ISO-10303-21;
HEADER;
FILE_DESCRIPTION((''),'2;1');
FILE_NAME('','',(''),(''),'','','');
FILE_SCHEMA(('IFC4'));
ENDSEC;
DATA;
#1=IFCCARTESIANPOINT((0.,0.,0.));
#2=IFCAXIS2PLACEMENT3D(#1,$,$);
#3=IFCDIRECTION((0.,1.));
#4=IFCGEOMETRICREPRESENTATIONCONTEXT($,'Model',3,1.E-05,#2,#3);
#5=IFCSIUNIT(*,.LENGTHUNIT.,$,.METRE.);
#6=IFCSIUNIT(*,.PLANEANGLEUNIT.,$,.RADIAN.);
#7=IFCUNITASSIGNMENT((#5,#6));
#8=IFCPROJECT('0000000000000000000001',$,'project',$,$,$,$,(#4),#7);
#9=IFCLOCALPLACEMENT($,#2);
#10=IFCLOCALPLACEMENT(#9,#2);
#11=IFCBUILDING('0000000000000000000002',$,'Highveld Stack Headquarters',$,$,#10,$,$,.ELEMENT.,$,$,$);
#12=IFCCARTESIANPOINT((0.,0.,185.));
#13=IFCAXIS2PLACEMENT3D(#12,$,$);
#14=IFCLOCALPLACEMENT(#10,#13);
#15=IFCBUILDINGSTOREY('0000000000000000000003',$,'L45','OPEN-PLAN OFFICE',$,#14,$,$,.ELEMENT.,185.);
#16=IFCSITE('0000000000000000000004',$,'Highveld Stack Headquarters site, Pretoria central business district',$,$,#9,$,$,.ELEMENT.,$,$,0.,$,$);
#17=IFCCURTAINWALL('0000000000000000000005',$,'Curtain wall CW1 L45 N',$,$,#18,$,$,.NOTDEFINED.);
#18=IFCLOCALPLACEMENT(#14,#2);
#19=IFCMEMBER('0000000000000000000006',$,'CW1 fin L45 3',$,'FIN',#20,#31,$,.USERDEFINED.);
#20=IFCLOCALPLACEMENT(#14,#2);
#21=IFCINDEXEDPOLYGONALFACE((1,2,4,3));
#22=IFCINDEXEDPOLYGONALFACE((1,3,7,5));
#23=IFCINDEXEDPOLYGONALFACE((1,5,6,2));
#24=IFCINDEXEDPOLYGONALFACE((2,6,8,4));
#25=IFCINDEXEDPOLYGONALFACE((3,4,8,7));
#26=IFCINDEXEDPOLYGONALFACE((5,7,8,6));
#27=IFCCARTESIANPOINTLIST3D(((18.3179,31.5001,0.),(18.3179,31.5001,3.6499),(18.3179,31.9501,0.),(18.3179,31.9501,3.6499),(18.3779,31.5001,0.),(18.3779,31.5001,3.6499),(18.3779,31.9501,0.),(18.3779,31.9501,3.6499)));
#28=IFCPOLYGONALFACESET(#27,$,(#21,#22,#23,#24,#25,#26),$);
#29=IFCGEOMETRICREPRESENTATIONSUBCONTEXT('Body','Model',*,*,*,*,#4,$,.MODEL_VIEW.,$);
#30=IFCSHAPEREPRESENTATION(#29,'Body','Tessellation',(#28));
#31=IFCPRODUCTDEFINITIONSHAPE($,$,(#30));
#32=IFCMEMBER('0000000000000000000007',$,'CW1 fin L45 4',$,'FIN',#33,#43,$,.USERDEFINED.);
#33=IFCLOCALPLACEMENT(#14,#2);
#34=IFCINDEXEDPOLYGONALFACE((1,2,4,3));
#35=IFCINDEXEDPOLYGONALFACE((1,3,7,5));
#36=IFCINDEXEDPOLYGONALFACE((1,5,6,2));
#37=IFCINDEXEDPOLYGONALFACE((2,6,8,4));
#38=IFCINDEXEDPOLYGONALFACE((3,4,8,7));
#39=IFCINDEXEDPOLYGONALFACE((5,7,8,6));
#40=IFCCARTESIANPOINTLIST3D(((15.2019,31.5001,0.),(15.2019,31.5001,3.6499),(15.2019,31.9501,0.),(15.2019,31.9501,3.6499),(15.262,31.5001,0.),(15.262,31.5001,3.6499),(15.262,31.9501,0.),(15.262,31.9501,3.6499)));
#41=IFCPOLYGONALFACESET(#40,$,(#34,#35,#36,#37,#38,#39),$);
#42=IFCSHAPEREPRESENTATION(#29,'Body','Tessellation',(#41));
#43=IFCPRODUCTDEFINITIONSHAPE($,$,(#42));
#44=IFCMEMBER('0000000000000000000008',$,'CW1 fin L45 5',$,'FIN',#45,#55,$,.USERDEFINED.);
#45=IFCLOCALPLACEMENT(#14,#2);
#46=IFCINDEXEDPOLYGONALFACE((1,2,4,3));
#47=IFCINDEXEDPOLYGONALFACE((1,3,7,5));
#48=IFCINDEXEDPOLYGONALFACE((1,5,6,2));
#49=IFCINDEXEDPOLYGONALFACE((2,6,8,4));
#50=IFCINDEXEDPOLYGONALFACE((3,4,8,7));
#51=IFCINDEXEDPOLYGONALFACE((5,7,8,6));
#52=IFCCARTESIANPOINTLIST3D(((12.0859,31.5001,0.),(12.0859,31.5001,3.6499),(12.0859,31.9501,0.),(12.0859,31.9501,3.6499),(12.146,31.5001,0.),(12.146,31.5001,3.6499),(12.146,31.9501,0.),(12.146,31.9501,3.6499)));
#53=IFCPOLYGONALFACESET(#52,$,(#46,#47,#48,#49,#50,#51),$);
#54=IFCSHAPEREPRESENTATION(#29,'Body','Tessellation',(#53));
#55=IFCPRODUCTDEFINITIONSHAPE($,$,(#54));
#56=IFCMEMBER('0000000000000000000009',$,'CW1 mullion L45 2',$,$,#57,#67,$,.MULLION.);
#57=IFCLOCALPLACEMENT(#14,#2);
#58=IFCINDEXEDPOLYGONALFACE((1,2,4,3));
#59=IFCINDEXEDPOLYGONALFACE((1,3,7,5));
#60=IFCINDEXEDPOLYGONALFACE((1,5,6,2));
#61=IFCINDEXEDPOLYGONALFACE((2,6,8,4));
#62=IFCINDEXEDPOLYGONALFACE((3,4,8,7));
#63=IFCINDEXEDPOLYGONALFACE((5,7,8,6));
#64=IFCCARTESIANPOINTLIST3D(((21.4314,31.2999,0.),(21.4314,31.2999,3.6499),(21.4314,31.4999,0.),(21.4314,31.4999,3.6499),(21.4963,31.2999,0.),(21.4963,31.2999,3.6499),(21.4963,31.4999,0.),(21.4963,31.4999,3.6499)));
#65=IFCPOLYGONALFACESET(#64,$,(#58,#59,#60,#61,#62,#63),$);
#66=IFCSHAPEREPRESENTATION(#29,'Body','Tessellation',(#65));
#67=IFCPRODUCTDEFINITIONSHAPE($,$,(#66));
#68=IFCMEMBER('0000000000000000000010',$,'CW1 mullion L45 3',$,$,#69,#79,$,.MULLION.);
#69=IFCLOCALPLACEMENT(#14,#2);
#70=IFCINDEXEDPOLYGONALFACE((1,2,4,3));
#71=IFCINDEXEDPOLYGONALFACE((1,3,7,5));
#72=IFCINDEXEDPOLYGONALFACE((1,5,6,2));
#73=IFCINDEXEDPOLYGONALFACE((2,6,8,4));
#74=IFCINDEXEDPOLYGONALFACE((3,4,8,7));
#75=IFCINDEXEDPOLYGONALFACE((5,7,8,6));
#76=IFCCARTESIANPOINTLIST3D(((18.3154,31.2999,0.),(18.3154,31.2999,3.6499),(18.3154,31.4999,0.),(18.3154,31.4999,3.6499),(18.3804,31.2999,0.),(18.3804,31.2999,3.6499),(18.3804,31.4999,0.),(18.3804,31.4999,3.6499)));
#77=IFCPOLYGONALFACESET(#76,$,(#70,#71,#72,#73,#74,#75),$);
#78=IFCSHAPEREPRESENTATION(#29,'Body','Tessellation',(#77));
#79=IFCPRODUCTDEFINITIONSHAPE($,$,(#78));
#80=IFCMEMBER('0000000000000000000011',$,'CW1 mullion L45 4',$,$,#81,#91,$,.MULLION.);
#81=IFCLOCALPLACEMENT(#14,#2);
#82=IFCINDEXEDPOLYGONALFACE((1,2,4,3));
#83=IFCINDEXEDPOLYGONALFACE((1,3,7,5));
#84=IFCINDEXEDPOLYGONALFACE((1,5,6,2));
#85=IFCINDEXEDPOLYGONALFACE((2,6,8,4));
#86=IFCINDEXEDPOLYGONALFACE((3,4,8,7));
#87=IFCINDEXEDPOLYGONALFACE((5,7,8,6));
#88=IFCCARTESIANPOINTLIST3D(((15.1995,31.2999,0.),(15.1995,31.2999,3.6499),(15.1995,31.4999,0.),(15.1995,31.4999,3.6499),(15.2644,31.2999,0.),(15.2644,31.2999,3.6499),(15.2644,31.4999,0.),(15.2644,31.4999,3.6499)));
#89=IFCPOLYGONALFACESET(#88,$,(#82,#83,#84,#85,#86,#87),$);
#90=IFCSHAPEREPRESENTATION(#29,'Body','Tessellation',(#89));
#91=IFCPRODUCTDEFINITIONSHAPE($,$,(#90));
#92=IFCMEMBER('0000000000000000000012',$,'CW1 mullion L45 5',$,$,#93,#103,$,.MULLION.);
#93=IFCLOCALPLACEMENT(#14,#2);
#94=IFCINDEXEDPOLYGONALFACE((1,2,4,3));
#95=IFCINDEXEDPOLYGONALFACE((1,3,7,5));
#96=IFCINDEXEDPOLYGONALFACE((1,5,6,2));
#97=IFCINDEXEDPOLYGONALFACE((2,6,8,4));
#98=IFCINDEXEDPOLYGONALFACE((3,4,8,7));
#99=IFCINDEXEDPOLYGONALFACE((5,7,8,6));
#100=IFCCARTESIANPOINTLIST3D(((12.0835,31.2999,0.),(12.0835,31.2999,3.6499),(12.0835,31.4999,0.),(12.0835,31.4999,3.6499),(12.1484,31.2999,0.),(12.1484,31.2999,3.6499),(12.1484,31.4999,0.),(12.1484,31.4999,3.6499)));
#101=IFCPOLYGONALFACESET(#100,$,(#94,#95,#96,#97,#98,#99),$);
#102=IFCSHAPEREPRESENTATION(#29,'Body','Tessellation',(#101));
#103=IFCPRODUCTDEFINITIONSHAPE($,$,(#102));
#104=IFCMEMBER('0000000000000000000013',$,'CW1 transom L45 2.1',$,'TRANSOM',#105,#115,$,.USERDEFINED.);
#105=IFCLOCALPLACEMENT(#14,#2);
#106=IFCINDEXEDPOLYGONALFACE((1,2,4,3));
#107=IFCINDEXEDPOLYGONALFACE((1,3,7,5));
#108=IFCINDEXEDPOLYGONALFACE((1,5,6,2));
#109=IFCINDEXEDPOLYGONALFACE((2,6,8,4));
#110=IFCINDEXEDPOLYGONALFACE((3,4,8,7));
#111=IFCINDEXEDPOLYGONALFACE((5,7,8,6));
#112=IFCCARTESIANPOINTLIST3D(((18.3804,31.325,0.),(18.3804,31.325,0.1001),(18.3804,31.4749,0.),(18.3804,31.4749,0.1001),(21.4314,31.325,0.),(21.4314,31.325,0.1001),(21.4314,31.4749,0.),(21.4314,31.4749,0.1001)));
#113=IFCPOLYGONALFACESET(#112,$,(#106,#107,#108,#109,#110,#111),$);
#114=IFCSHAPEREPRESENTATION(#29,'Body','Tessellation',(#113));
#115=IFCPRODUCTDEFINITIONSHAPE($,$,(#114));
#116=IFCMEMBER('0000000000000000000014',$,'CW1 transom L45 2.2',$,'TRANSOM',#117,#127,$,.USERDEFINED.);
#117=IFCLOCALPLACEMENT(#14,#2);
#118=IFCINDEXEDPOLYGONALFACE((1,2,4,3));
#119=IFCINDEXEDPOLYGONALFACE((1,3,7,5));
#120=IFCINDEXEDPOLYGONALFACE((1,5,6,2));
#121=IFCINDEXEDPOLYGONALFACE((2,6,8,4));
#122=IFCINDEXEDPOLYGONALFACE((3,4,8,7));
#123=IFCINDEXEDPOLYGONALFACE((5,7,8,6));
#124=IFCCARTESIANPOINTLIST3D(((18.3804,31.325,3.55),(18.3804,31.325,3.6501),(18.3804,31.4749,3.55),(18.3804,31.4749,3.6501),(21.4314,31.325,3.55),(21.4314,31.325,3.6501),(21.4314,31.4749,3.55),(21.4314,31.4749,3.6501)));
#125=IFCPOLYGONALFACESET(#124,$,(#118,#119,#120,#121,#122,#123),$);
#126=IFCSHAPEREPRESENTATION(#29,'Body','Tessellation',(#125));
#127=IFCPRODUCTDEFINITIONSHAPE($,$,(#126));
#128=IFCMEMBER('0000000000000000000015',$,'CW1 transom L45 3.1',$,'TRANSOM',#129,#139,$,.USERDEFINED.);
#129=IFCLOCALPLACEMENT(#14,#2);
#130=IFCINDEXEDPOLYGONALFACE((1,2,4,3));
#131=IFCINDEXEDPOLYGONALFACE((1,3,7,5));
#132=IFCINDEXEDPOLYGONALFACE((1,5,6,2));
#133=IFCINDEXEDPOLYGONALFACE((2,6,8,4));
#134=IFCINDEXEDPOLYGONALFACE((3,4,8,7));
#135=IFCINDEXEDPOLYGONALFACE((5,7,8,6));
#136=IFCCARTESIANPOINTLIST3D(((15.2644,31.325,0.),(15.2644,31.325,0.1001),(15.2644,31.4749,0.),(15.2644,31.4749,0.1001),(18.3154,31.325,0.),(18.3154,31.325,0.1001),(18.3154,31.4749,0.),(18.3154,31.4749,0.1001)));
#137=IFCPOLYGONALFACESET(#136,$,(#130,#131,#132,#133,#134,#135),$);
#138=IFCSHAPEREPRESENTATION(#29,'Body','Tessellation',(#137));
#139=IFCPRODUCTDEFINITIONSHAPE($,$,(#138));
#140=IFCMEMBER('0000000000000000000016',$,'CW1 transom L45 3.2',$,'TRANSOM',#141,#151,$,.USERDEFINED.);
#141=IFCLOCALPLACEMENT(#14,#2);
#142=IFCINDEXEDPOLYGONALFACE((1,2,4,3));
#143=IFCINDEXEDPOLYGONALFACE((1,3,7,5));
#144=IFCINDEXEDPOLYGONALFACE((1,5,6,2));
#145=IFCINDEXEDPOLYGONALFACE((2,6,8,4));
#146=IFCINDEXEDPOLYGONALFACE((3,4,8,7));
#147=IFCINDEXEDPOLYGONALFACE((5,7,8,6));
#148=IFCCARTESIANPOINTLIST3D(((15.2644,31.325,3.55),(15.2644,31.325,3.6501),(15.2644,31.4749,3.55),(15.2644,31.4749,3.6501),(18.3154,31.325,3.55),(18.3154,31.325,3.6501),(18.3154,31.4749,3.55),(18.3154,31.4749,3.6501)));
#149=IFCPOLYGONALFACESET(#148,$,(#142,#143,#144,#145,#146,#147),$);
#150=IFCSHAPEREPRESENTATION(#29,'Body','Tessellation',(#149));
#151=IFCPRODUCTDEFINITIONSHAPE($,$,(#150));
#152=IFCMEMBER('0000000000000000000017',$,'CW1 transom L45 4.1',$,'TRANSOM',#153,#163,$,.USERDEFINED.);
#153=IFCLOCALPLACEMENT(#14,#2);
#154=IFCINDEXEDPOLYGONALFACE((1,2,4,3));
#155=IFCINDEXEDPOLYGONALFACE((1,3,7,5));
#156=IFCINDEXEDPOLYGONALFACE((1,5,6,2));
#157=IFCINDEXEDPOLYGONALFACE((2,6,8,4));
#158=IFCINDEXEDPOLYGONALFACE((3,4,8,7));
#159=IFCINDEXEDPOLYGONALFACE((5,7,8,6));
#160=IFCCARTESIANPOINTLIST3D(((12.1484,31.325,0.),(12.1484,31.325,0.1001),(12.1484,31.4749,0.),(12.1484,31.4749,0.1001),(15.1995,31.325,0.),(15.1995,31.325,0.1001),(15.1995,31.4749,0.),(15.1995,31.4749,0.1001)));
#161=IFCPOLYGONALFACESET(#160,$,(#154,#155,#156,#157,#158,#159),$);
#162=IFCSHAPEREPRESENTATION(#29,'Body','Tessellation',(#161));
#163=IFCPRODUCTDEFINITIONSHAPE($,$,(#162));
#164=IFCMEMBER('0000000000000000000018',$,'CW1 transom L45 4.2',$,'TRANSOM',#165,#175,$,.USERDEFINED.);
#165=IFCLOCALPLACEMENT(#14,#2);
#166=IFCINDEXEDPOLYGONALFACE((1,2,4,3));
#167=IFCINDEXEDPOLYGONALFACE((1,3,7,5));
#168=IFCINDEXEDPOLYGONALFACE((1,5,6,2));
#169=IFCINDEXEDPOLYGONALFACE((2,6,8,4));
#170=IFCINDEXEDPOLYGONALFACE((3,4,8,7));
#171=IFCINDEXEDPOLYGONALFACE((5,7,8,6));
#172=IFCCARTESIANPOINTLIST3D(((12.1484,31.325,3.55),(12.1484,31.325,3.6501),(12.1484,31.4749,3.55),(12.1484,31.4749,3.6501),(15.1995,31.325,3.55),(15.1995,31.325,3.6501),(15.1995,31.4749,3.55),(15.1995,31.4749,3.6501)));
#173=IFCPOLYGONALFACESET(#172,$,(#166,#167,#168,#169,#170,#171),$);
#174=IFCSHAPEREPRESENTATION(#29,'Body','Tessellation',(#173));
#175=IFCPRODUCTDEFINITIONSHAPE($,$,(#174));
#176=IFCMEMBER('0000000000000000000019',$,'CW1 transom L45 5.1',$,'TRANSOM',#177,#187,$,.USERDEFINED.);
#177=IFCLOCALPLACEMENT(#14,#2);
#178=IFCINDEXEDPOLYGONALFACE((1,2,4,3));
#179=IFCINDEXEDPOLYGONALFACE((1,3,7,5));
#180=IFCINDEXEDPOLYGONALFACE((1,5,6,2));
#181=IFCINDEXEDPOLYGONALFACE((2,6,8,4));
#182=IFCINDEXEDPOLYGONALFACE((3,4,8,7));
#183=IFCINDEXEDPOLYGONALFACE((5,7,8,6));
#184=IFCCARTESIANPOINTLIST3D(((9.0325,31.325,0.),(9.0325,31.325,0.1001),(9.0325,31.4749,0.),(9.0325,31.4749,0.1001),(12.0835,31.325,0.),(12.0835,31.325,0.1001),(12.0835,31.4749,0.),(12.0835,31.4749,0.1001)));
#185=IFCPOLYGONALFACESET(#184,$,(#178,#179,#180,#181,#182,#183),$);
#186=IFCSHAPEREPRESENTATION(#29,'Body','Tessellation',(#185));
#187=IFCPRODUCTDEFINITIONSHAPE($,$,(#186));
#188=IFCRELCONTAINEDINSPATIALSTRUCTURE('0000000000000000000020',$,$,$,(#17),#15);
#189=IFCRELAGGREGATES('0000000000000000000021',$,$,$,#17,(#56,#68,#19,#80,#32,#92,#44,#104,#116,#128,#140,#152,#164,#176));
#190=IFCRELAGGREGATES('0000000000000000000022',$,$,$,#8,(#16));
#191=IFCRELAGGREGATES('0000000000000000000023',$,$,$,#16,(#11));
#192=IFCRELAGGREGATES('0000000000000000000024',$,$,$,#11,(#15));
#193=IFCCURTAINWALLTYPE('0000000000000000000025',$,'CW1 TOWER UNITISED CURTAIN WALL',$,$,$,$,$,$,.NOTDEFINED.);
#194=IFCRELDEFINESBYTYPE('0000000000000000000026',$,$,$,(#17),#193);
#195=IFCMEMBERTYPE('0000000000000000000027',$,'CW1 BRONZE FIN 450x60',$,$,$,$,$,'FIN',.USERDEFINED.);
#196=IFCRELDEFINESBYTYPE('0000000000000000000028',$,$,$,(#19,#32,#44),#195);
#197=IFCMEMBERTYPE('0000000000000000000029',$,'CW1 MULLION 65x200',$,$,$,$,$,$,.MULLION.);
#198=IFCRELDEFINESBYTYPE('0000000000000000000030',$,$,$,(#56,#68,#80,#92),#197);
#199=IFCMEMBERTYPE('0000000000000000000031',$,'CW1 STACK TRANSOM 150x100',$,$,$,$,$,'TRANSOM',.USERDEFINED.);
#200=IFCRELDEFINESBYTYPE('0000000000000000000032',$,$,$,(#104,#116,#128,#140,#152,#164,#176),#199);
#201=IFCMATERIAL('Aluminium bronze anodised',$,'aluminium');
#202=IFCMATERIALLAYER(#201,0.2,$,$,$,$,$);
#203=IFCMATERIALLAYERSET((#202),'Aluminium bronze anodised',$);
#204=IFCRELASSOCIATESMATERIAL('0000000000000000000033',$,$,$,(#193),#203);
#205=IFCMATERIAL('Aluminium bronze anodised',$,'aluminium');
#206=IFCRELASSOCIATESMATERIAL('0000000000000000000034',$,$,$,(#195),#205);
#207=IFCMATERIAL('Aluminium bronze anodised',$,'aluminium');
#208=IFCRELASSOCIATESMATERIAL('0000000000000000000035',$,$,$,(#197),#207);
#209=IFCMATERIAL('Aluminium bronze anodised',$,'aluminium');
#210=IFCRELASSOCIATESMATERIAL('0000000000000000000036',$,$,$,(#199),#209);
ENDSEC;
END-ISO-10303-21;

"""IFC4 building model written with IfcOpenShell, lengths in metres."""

from ifc_helpers import new_model, si_unit, direction, frame, origin, origin_2d, place, context, subcontext, project, spatial, rectangle, extrude, material, layer, layer_set, material_profile, profile_set, type_object, element, aggregate, save


model = new_model("IFC4")

# Units and contexts
model_context = context("Model", 3, precision=1e-05, world=origin(), true_north=direction((0.0, 1.0)))
body_context = subcontext(model_context, "Body", "Model", "MODEL_VIEW")
ifc_project = project(units=[si_unit("LENGTHUNIT", "METRE"), si_unit("PLANEANGLEUNIT", "RADIAN")], contexts=[model_context])

# Site, building, storey
site_placement = place(None, origin())
site = spatial("IfcSite", under=ifc_project, at=site_placement, Name="Highveld Stack Headquarters site, Pretoria central business district", CompositionType="ELEMENT", RefElevation=0.0)
building_placement = place(site_placement, origin())
building = spatial("IfcBuilding", under=site, at=building_placement, Name="Highveld Stack Headquarters", CompositionType="ELEMENT")
storey_placement = place(building_placement, frame((0.0, 0.0, 185.0)))
storey = spatial("IfcBuildingStorey", under=building, at=storey_placement, Name="L45", Description="OPEN-PLAN OFFICE", CompositionType="ELEMENT", Elevation=185.0)

# Curtain wall, members
ifc_material_1 = material(Name="Aluminium bronze anodised", Category="aluminium")
ifc_layer_1 = layer(ifc_material_1, 0.2)
ifc_layer_set_1 = layer_set([ifc_layer_1], Name="Aluminium bronze anodised")
curtain_wall_type = type_object("IfcCurtainWallType", Name="CW1 TOWER UNITISED CURTAIN WALL", PredefinedType="NOTDEFINED", material=ifc_layer_set_1)
curtain_wall_placement = place(storey_placement, origin())
curtain_wall = element("IfcCurtainWall", 1, at=curtain_wall_placement, inside=storey, type_object=curtain_wall_type, Name="Curtain wall CW1 L45 N", PredefinedType="NOTDEFINED")
ifc_material_2 = material(Name="Aluminium bronze anodised", Category="aluminium")
ifc_material_profile_1 = material_profile(ifc_material_2, rectangle(XDim=0.45, YDim=0.0601, at=origin_2d()), Name="FIN 450x60")
ifc_profile_set_1 = profile_set([ifc_material_profile_1], Name="Aluminium bronze anodised")
member_type_1 = type_object("IfcMemberType", Name="CW1 BRONZE FIN 450x60", ElementType="FIN", PredefinedType="USERDEFINED", material=ifc_profile_set_1)
member_1_placement = place(storey_placement, frame((18.3479, 31.7251, 0.0), z_axis=(0.0, 0.0, 1.0), x_axis=(0.0, -1.0, 0.0)))
member_1 = element("IfcMember", 2, at=member_1_placement, type_object=member_type_1, Name="CW1 fin L45 3", ObjectType="FIN", PredefinedType="USERDEFINED", context=body_context, shape_type="SweptSolid", body=[
    extrude(rectangle(XDim=0.45, YDim=0.0601, at=origin_2d()), origin(), (0.0, 0.0, 1.0), 3.6499),
])
member_2_placement = place(storey_placement, frame((15.2319, 31.7251, 0.0), z_axis=(0.0, 0.0, 1.0), x_axis=(0.0, -1.0, 0.0)))
member_2 = element("IfcMember", 3, at=member_2_placement, type_object=member_type_1, Name="CW1 fin L45 4", ObjectType="FIN", PredefinedType="USERDEFINED", context=body_context, shape_type="SweptSolid", body=[
    extrude(rectangle(XDim=0.45, YDim=0.0601, at=origin_2d()), origin(), (0.0, 0.0, 1.0), 3.6499),
])
member_3_placement = place(storey_placement, frame((12.116, 31.7251, 0.0), z_axis=(0.0, 0.0, 1.0), x_axis=(0.0, -1.0, 0.0)))
member_3 = element("IfcMember", 4, at=member_3_placement, type_object=member_type_1, Name="CW1 fin L45 5", ObjectType="FIN", PredefinedType="USERDEFINED", context=body_context, shape_type="SweptSolid", body=[
    extrude(rectangle(XDim=0.45, YDim=0.0601, at=origin_2d()), origin(), (0.0, 0.0, 1.0), 3.6499),
])
ifc_material_3 = material(Name="Aluminium bronze anodised", Category="aluminium")
ifc_material_profile_2 = material_profile(ifc_material_3, rectangle(XDim=0.2, YDim=0.0649, at=origin_2d()), Name="CW1 MULLION 65x200")
ifc_profile_set_2 = profile_set([ifc_material_profile_2], Name="Aluminium bronze anodised")
member_type_2 = type_object("IfcMemberType", Name="CW1 MULLION 65x200", PredefinedType="MULLION", material=ifc_profile_set_2)
member_4_placement = place(storey_placement, frame((21.4639, 31.3999, 0.0), z_axis=(0.0, 0.0, 1.0), x_axis=(0.0, -1.0, 0.0)))
member_4 = element("IfcMember", 5, at=member_4_placement, type_object=member_type_2, Name="CW1 mullion L45 2", PredefinedType="MULLION", context=body_context, shape_type="SweptSolid", body=[
    extrude(rectangle(XDim=0.2, YDim=0.0649, at=origin_2d()), origin(), (0.0, 0.0, 1.0), 3.6499),
])
member_5_placement = place(storey_placement, frame((18.3479, 31.3999, 0.0), z_axis=(0.0, 0.0, 1.0), x_axis=(0.0, -1.0, 0.0)))
member_5 = element("IfcMember", 6, at=member_5_placement, type_object=member_type_2, Name="CW1 mullion L45 3", PredefinedType="MULLION", context=body_context, shape_type="SweptSolid", body=[
    extrude(rectangle(XDim=0.2, YDim=0.0649, at=origin_2d()), origin(), (0.0, 0.0, 1.0), 3.6499),
])
member_6_placement = place(storey_placement, frame((15.2319, 31.3999, 0.0), z_axis=(0.0, 0.0, 1.0), x_axis=(0.0, -1.0, 0.0)))
member_6 = element("IfcMember", 7, at=member_6_placement, type_object=member_type_2, Name="CW1 mullion L45 4", PredefinedType="MULLION", context=body_context, shape_type="SweptSolid", body=[
    extrude(rectangle(XDim=0.2, YDim=0.0649, at=origin_2d()), origin(), (0.0, 0.0, 1.0), 3.6499),
])
member_7_placement = place(storey_placement, frame((12.116, 31.3999, 0.0), z_axis=(0.0, 0.0, 1.0), x_axis=(0.0, -1.0, 0.0)))
member_7 = element("IfcMember", 8, at=member_7_placement, type_object=member_type_2, Name="CW1 mullion L45 5", PredefinedType="MULLION", context=body_context, shape_type="SweptSolid", body=[
    extrude(rectangle(XDim=0.2, YDim=0.0649, at=origin_2d()), origin(), (0.0, 0.0, 1.0), 3.6499),
])
ifc_material_4 = material(Name="Aluminium bronze anodised", Category="aluminium")
ifc_material_profile_3 = material_profile(ifc_material_4, rectangle(XDim=0.1499, YDim=0.1001, at=origin_2d()), Name="CW1 TRANSOM 150x100")
ifc_profile_set_3 = profile_set([ifc_material_profile_3], Name="Aluminium bronze anodised")
member_type_3 = type_object("IfcMemberType", Name="CW1 STACK TRANSOM 150x100", ElementType="TRANSOM", PredefinedType="USERDEFINED", material=ifc_profile_set_3)
member_8_placement = place(storey_placement, frame((21.4314, 31.3999, 0.05), z_axis=(-1.0, 0.0, 0.0), x_axis=(0.0, -1.0, 0.0)))
member_8 = element("IfcMember", 9, at=member_8_placement, type_object=member_type_3, Name="CW1 transom L45 2.1", ObjectType="TRANSOM", PredefinedType="USERDEFINED", context=body_context, shape_type="SweptSolid", body=[
    extrude(rectangle(XDim=0.1499, YDim=0.1001, at=origin_2d()), origin(), (0.0, 0.0, 1.0), 3.051),
])
member_9_placement = place(storey_placement, frame((21.4314, 31.3999, 3.6001), z_axis=(-1.0, 0.0, 0.0), x_axis=(0.0, -1.0, 0.0)))
member_9 = element("IfcMember", 10, at=member_9_placement, type_object=member_type_3, Name="CW1 transom L45 2.2", ObjectType="TRANSOM", PredefinedType="USERDEFINED", context=body_context, shape_type="SweptSolid", body=[
    extrude(rectangle(XDim=0.1499, YDim=0.1001, at=origin_2d()), origin(), (0.0, 0.0, 1.0), 3.051),
])
member_10_placement = place(storey_placement, frame((18.3154, 31.3999, 0.05), z_axis=(-1.0, 0.0, 0.0), x_axis=(0.0, -1.0, 0.0)))
member_10 = element("IfcMember", 11, at=member_10_placement, type_object=member_type_3, Name="CW1 transom L45 3.1", ObjectType="TRANSOM", PredefinedType="USERDEFINED", context=body_context, shape_type="SweptSolid", body=[
    extrude(rectangle(XDim=0.1499, YDim=0.1001, at=origin_2d()), origin(), (0.0, 0.0, 1.0), 3.051),
])
member_11_placement = place(storey_placement, frame((18.3154, 31.3999, 3.6001), z_axis=(-1.0, 0.0, 0.0), x_axis=(0.0, -1.0, 0.0)))
member_11 = element("IfcMember", 12, at=member_11_placement, type_object=member_type_3, Name="CW1 transom L45 3.2", ObjectType="TRANSOM", PredefinedType="USERDEFINED", context=body_context, shape_type="SweptSolid", body=[
    extrude(rectangle(XDim=0.1499, YDim=0.1001, at=origin_2d()), origin(), (0.0, 0.0, 1.0), 3.051),
])
member_12_placement = place(storey_placement, frame((15.1995, 31.3999, 0.05), z_axis=(-1.0, 0.0, 0.0), x_axis=(0.0, -1.0, 0.0)))
member_12 = element("IfcMember", 13, at=member_12_placement, type_object=member_type_3, Name="CW1 transom L45 4.1", ObjectType="TRANSOM", PredefinedType="USERDEFINED", context=body_context, shape_type="SweptSolid", body=[
    extrude(rectangle(XDim=0.1499, YDim=0.1001, at=origin_2d()), origin(), (0.0, 0.0, 1.0), 3.051),
])
member_13_placement = place(storey_placement, frame((15.1995, 31.3999, 3.6001), z_axis=(-1.0, 0.0, 0.0), x_axis=(0.0, -1.0, 0.0)))
member_13 = element("IfcMember", 14, at=member_13_placement, type_object=member_type_3, Name="CW1 transom L45 4.2", ObjectType="TRANSOM", PredefinedType="USERDEFINED", context=body_context, shape_type="SweptSolid", body=[
    extrude(rectangle(XDim=0.1499, YDim=0.1001, at=origin_2d()), origin(), (0.0, 0.0, 1.0), 3.051),
])
member_14_placement = place(storey_placement, frame((12.0835, 31.3999, 0.05), z_axis=(-1.0, 0.0, 0.0), x_axis=(0.0, -1.0, 0.0)))
member_14 = element("IfcMember", 15, at=member_14_placement, type_object=member_type_3, Name="CW1 transom L45 5.1", ObjectType="TRANSOM", PredefinedType="USERDEFINED", context=body_context, shape_type="SweptSolid", body=[
    extrude(rectangle(XDim=0.1499, YDim=0.1001, at=origin_2d()), origin(), (0.0, 0.0, 1.0), 3.051),
])

aggregate(curtain_wall, [member_4, member_5, member_1, member_6, member_2, member_7, member_3, member_8, member_9, member_10, member_11, member_12, member_13, member_14])

save(model, "model.ifc")
